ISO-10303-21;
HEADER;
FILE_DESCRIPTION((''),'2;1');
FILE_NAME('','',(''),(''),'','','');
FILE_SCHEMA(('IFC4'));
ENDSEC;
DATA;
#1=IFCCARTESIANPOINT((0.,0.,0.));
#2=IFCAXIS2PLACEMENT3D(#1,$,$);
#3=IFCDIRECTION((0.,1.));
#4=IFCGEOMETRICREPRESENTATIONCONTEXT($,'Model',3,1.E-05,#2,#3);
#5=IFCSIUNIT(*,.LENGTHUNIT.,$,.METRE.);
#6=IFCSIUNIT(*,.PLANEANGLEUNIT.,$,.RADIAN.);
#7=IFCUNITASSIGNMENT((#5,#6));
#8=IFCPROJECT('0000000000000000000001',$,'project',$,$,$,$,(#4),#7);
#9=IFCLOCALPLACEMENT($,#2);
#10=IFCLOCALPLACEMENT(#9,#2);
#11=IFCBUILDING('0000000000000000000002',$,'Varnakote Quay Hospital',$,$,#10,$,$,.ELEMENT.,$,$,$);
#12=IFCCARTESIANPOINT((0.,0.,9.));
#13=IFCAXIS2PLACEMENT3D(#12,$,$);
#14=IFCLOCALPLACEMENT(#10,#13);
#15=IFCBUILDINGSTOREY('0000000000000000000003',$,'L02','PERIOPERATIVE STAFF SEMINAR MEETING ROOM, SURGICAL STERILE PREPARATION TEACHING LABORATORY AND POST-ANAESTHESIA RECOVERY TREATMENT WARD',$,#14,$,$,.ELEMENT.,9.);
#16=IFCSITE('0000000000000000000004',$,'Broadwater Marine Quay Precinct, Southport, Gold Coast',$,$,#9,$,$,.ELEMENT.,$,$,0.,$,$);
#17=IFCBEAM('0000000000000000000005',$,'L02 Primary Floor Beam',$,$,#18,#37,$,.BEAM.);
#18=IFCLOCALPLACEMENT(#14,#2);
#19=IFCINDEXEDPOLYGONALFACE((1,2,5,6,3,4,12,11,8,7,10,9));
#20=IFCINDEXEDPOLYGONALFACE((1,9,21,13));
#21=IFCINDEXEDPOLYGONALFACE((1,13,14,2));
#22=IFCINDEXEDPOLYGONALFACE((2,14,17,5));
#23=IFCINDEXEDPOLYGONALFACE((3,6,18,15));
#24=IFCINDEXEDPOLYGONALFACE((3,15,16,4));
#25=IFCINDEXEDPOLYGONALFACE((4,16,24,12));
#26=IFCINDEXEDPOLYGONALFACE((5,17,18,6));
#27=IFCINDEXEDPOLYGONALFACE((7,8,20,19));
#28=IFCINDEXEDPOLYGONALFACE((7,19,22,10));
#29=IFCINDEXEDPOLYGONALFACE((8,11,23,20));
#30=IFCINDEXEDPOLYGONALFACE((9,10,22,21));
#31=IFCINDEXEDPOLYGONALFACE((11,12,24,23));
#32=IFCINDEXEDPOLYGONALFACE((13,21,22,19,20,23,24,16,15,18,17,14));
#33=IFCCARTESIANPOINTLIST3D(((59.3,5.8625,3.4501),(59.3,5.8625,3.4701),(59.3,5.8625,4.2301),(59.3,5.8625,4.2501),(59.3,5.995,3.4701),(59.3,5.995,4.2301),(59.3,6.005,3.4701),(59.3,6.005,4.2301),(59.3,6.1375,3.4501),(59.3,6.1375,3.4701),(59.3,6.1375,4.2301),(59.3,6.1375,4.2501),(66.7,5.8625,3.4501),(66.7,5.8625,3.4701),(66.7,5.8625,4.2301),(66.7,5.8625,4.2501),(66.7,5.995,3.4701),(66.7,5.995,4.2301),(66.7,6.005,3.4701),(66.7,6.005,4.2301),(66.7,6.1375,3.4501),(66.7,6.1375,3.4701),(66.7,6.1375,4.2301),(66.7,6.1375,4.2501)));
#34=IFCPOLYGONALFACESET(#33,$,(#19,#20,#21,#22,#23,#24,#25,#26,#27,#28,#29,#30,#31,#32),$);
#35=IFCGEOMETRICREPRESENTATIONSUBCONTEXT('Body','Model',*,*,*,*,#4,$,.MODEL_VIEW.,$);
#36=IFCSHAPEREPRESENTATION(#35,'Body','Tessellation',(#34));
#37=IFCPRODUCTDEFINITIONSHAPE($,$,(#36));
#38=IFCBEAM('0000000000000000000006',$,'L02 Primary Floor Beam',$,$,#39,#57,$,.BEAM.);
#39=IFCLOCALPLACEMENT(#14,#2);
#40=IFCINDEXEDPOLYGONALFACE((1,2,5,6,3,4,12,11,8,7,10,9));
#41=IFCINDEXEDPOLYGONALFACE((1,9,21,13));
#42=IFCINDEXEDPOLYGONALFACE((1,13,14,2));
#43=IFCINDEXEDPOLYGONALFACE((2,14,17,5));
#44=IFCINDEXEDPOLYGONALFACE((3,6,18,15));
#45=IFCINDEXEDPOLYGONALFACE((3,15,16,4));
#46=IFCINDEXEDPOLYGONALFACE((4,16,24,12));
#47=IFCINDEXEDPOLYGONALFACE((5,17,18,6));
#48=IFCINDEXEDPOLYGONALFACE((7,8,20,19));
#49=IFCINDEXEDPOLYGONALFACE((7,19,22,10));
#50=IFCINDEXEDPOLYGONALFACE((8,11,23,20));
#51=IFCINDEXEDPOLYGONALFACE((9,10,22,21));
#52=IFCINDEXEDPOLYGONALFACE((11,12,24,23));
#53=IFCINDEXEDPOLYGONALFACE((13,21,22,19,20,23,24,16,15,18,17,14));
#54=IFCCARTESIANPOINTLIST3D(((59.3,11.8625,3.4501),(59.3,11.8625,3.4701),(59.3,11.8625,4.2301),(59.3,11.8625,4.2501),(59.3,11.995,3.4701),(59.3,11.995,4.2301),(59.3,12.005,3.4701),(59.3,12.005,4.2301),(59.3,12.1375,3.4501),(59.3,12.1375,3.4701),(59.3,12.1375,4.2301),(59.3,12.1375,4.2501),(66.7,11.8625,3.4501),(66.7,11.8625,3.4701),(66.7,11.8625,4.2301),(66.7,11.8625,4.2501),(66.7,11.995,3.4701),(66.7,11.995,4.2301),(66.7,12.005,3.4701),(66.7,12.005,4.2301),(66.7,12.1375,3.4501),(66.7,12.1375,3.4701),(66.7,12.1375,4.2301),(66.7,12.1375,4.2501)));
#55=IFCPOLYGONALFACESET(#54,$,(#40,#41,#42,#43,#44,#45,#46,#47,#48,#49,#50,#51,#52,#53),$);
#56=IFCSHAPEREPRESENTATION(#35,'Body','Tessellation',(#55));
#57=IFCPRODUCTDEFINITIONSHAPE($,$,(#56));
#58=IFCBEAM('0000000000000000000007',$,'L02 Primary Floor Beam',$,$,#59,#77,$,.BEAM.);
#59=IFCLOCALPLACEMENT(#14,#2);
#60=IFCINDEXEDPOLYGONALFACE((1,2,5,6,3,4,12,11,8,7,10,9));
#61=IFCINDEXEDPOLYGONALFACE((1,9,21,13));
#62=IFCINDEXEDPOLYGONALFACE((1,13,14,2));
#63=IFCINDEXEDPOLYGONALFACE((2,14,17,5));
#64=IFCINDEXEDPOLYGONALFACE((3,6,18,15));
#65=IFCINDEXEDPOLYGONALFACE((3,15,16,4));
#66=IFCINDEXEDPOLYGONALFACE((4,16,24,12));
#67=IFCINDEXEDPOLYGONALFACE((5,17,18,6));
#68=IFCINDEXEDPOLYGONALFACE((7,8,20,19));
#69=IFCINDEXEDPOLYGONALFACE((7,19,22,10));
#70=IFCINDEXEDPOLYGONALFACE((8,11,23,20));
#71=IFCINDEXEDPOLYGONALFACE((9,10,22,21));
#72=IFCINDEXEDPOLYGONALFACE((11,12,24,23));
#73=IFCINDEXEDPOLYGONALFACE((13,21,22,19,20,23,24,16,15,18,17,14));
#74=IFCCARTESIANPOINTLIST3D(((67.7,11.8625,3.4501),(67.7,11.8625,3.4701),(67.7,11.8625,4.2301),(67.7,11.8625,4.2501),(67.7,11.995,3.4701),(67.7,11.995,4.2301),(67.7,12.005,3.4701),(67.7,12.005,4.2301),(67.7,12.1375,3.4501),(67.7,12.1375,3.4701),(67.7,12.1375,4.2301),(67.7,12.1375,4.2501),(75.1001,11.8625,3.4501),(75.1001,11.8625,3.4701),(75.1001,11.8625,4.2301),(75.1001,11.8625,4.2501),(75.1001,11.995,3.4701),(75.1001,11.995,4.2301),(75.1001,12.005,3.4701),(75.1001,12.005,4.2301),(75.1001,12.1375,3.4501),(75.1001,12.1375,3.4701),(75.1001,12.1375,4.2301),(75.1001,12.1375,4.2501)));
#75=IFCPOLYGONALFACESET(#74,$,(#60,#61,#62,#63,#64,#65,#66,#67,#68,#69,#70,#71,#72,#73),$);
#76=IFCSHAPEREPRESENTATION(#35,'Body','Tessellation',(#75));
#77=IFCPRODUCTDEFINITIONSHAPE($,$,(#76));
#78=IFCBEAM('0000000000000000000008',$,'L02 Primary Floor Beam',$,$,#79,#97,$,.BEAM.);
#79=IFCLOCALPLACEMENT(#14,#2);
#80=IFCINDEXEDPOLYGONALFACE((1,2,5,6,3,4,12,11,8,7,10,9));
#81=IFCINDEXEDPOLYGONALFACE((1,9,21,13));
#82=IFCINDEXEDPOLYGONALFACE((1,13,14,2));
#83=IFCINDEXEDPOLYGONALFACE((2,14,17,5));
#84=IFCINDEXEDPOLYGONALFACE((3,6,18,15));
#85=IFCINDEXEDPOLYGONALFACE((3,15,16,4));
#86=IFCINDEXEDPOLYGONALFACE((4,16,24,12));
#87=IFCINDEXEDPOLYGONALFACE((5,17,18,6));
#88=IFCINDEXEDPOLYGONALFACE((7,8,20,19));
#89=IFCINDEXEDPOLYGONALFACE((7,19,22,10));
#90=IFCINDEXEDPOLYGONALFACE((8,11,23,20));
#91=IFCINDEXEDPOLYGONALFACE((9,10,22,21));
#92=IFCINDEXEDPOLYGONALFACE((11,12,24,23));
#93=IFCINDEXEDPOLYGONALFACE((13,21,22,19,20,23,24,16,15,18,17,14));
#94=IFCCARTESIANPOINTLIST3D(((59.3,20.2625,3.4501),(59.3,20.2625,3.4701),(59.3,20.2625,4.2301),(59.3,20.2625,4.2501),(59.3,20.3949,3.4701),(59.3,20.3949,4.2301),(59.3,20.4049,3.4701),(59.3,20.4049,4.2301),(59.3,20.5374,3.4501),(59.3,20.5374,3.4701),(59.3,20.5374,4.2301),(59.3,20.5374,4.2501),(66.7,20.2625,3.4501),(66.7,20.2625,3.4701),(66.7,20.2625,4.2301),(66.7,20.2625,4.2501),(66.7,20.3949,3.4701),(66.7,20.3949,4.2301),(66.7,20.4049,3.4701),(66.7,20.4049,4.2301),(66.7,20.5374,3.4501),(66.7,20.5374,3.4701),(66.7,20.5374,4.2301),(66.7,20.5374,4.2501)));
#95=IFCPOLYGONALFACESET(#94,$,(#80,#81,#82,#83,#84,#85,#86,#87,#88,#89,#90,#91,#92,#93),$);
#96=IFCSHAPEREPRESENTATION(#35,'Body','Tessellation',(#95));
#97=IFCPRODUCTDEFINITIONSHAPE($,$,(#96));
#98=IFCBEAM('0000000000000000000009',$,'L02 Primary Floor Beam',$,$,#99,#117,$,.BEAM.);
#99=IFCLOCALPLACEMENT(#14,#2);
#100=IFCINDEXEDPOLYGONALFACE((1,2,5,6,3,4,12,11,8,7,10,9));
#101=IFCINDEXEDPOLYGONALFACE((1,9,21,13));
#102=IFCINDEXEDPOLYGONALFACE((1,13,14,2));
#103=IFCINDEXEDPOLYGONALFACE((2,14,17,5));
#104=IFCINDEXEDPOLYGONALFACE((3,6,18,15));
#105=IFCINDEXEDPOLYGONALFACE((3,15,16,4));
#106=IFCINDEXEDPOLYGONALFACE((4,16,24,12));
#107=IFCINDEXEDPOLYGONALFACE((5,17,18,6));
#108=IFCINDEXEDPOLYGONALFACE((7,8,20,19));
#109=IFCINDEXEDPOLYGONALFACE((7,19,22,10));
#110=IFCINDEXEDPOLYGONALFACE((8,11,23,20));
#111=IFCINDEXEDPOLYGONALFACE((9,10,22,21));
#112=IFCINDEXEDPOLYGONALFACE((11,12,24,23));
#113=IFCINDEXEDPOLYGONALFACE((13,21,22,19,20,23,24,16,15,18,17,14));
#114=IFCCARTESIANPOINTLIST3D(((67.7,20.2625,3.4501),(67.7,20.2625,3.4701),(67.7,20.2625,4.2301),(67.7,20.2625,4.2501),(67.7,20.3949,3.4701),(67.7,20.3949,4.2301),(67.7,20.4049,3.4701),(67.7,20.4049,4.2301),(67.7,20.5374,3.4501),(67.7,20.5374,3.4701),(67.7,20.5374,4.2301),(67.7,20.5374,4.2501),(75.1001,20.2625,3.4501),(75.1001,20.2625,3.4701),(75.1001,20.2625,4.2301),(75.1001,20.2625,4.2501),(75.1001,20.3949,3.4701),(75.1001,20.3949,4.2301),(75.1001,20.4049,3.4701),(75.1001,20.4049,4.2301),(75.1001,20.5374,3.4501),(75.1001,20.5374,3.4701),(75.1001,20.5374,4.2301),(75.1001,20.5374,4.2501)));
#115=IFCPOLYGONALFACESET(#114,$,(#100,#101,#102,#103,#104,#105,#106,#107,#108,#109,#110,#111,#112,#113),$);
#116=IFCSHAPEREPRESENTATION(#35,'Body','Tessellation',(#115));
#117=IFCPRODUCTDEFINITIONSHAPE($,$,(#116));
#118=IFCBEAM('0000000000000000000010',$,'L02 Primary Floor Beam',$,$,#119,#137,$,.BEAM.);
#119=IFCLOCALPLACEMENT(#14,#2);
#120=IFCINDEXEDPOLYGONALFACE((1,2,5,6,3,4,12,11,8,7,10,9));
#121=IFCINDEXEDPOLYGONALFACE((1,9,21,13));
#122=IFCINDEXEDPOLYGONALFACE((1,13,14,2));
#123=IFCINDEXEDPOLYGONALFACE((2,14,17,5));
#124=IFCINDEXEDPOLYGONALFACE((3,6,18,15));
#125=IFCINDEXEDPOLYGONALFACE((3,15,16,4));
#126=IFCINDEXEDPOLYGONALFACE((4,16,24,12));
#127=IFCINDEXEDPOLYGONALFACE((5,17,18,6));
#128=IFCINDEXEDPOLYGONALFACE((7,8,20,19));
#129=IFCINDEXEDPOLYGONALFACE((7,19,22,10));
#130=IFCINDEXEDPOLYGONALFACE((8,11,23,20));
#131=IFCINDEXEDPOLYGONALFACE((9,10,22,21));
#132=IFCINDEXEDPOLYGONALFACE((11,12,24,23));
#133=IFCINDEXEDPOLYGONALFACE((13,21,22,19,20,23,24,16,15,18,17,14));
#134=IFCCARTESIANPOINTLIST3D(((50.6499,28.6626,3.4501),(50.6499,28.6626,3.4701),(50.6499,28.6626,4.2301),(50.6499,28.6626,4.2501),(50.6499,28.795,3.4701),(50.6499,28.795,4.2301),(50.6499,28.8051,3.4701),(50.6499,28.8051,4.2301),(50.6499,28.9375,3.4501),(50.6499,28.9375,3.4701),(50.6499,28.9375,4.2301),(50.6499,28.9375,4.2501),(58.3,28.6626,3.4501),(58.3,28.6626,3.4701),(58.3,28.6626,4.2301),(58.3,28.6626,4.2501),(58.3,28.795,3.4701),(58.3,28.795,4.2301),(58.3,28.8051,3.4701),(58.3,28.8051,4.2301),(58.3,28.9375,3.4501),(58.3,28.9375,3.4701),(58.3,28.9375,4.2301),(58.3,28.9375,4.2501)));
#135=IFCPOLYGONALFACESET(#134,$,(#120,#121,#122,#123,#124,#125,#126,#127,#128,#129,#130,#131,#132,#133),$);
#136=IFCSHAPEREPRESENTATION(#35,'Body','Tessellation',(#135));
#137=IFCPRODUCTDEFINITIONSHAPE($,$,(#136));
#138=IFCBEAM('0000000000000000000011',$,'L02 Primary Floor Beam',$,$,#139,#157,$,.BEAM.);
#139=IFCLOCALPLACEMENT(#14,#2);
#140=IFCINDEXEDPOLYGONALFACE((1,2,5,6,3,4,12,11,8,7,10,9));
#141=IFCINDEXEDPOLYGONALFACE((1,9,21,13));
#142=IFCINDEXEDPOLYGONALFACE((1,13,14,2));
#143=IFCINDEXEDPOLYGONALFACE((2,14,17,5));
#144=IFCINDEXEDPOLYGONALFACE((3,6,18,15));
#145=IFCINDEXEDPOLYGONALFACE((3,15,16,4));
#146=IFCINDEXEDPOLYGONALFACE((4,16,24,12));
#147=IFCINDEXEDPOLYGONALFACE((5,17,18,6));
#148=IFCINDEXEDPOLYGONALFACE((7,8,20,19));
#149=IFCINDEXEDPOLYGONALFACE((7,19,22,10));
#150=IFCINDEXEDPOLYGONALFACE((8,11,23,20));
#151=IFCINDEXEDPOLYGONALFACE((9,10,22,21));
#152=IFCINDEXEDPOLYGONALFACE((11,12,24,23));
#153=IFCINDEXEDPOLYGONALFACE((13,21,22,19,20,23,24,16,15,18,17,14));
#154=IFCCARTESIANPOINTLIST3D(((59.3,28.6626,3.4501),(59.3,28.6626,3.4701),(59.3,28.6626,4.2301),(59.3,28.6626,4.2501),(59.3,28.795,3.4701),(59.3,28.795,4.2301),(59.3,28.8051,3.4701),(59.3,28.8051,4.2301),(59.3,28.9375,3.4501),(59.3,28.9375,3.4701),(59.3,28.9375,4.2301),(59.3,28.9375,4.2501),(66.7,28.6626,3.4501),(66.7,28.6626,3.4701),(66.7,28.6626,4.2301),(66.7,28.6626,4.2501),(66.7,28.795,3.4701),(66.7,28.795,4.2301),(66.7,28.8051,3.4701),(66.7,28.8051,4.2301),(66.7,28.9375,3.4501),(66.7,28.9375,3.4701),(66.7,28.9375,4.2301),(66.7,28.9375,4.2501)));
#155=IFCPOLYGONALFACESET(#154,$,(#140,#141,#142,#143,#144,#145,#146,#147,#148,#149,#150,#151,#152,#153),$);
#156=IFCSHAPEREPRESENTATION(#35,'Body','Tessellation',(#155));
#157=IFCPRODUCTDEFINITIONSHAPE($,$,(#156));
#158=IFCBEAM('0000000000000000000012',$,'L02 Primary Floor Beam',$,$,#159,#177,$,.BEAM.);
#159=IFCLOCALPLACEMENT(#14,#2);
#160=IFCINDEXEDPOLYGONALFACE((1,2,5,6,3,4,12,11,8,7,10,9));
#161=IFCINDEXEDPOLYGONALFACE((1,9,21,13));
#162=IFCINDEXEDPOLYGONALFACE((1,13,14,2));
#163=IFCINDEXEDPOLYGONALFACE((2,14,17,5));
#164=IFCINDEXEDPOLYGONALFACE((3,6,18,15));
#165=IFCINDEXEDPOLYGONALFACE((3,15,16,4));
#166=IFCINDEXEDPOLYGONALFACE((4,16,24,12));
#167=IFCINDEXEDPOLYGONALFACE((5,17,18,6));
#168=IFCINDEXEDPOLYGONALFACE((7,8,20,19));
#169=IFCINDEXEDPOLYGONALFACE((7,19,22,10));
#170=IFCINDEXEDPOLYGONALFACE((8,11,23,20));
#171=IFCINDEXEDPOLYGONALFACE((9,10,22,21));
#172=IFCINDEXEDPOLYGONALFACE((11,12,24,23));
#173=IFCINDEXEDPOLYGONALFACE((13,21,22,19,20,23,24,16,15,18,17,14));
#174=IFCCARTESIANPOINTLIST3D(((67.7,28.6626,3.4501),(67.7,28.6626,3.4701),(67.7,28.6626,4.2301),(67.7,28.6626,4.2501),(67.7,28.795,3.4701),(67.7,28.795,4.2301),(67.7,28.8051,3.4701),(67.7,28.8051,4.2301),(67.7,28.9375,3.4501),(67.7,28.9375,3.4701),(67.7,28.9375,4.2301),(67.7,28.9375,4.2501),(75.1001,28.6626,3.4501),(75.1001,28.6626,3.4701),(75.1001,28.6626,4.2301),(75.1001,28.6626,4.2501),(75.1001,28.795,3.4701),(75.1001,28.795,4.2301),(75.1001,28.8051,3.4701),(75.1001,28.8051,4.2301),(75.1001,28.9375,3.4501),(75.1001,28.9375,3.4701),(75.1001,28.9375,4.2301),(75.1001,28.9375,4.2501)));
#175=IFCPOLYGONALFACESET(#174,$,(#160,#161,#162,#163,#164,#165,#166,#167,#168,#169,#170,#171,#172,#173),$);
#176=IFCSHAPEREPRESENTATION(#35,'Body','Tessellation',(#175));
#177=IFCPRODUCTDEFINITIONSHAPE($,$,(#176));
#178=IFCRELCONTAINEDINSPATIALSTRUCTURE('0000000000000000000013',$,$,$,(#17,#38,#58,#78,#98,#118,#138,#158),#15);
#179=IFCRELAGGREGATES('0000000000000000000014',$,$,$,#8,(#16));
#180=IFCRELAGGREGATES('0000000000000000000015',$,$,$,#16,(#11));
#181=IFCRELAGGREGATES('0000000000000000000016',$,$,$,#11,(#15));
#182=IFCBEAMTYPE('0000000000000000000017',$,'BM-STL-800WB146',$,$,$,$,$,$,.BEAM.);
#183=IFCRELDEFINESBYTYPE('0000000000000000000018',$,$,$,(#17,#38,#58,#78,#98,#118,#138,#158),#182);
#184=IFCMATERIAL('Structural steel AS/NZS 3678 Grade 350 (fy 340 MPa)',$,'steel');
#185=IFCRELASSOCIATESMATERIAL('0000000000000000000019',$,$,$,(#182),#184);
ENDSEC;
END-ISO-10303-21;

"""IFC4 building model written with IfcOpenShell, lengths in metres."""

from ifc_helpers import new_model, si_unit, direction, frame, origin, origin_2d, place, context, subcontext, project, spatial, i_section, extrude, material, material_profile, profile_set, type_object, element, save


model = new_model("IFC4")

# Units and contexts
model_context = context("Model", 3, precision=1e-05, world=origin(), true_north=direction((0.0, 1.0)))
body_context = subcontext(model_context, "Body", "Model", "MODEL_VIEW")
ifc_project = project(units=[si_unit("LENGTHUNIT", "METRE"), si_unit("PLANEANGLEUNIT", "RADIAN")], contexts=[model_context])

# Site, building, storey
site_placement = place(None, origin())
site = spatial("IfcSite", under=ifc_project, at=site_placement, Name="Broadwater Marine Quay Precinct, Southport, Gold Coast", CompositionType="ELEMENT", RefElevation=0.0)
building_placement = place(site_placement, origin())
building = spatial("IfcBuilding", under=site, at=building_placement, Name="Varnakote Quay Hospital", CompositionType="ELEMENT")
storey_placement = place(building_placement, frame((0.0, 0.0, 9.0)))
storey = spatial("IfcBuildingStorey", under=building, at=storey_placement, Name="L02", Description="PERIOPERATIVE STAFF SEMINAR MEETING ROOM, SURGICAL STERILE PREPARATION TEACHING LABORATORY AND POST-ANAESTHESIA RECOVERY TREATMENT WARD", CompositionType="ELEMENT", Elevation=9.0)

# Beams
ifc_material_1 = material(Name="Structural steel AS/NZS 3678 Grade 350 (fy 340 MPa)", Category="steel")
ifc_material_profile_1 = material_profile(ifc_material_1, i_section(OverallWidth=0.2749, OverallDepth=0.8, WebThickness=0.01, FlangeThickness=0.02, at=origin_2d()), Name="800WB146")
ifc_profile_set_1 = profile_set([ifc_material_profile_1], Name="Structural steel AS/NZS 3678 Grade 350 (fy 340 MPa)")
beam_type_1 = type_object("IfcBeamType", Name="BM-STL-800WB146", PredefinedType="BEAM", material=ifc_profile_set_1)
for number, where, z_axis, x_axis, name in (
    (1, (59.3, 6.0, 3.8501), (1.0, 0.0, 0.0), (0.0, 1.0, 0.0), "L02 Primary Floor Beam"),
    (2, (59.3, 12.0, 3.8501), (1.0, 0.0, 0.0), (0.0, 1.0, 0.0), "L02 Primary Floor Beam"),
):
    element("IfcBeam", number, at=place(storey_placement, frame(where, z_axis=z_axis, x_axis=x_axis)), inside=storey, type_object=beam_type_1, Name=name, PredefinedType="BEAM", context=body_context, shape_type="SweptSolid", body=[
        extrude(i_section(OverallWidth=0.2749, OverallDepth=0.8, WebThickness=0.01, FlangeThickness=0.02, at=origin_2d()), origin(), (0.0, 0.0, 1.0), 7.3999),
    ])
beam_1_placement = place(storey_placement, frame((67.7, 12.0, 3.8501), z_axis=(1.0, 0.0, 0.0), x_axis=(0.0, 1.0, 0.0)))
element("IfcBeam", 3, at=beam_1_placement, inside=storey, type_object=beam_type_1, Name="L02 Primary Floor Beam", PredefinedType="BEAM", context=body_context, shape_type="SweptSolid", body=[
    extrude(i_section(OverallWidth=0.2749, OverallDepth=0.8, WebThickness=0.01, FlangeThickness=0.02, at=origin_2d()), origin(), (0.0, 0.0, 1.0), 7.4001),
])
beam_2_placement = place(storey_placement, frame((59.3, 20.3999, 3.8501), z_axis=(1.0, 0.0, 0.0), x_axis=(0.0, 1.0, 0.0)))
element("IfcBeam", 4, at=beam_2_placement, inside=storey, type_object=beam_type_1, Name="L02 Primary Floor Beam", PredefinedType="BEAM", context=body_context, shape_type="SweptSolid", body=[
    extrude(i_section(OverallWidth=0.2749, OverallDepth=0.8, WebThickness=0.01, FlangeThickness=0.02, at=origin_2d()), origin(), (0.0, 0.0, 1.0), 7.3999),
])
beam_3_placement = place(storey_placement, frame((67.7, 20.3999, 3.8501), z_axis=(1.0, 0.0, 0.0), x_axis=(0.0, 1.0, 0.0)))
element("IfcBeam", 5, at=beam_3_placement, inside=storey, type_object=beam_type_1, Name="L02 Primary Floor Beam", PredefinedType="BEAM", context=body_context, shape_type="SweptSolid", body=[
    extrude(i_section(OverallWidth=0.2749, OverallDepth=0.8, WebThickness=0.01, FlangeThickness=0.02, at=origin_2d()), origin(), (0.0, 0.0, 1.0), 7.4001),
])
beam_4_placement = place(storey_placement, frame((50.6499, 28.8, 3.8501), z_axis=(1.0, 0.0, 0.0), x_axis=(0.0, 1.0, 0.0)))
element("IfcBeam", 6, at=beam_4_placement, inside=storey, type_object=beam_type_1, Name="L02 Primary Floor Beam", PredefinedType="BEAM", context=body_context, shape_type="SweptSolid", body=[
    extrude(i_section(OverallWidth=0.2749, OverallDepth=0.8, WebThickness=0.01, FlangeThickness=0.02, at=origin_2d()), origin(), (0.0, 0.0, 1.0), 7.6501),
])
beam_5_placement = place(storey_placement, frame((59.3, 28.8, 3.8501), z_axis=(1.0, 0.0, 0.0), x_axis=(0.0, 1.0, 0.0)))
element("IfcBeam", 7, at=beam_5_placement, inside=storey, type_object=beam_type_1, Name="L02 Primary Floor Beam", PredefinedType="BEAM", context=body_context, shape_type="SweptSolid", body=[
    extrude(i_section(OverallWidth=0.2749, OverallDepth=0.8, WebThickness=0.01, FlangeThickness=0.02, at=origin_2d()), origin(), (0.0, 0.0, 1.0), 7.3999),
])
beam_6_placement = place(storey_placement, frame((67.7, 28.8, 3.8501), z_axis=(1.0, 0.0, 0.0), x_axis=(0.0, 1.0, 0.0)))
element("IfcBeam", 8, at=beam_6_placement, inside=storey, type_object=beam_type_1, Name="L02 Primary Floor Beam", PredefinedType="BEAM", context=body_context, shape_type="SweptSolid", body=[
    extrude(i_section(OverallWidth=0.2749, OverallDepth=0.8, WebThickness=0.01, FlangeThickness=0.02, at=origin_2d()), origin(), (0.0, 0.0, 1.0), 7.4001),
])

save(model, "model.ifc")
